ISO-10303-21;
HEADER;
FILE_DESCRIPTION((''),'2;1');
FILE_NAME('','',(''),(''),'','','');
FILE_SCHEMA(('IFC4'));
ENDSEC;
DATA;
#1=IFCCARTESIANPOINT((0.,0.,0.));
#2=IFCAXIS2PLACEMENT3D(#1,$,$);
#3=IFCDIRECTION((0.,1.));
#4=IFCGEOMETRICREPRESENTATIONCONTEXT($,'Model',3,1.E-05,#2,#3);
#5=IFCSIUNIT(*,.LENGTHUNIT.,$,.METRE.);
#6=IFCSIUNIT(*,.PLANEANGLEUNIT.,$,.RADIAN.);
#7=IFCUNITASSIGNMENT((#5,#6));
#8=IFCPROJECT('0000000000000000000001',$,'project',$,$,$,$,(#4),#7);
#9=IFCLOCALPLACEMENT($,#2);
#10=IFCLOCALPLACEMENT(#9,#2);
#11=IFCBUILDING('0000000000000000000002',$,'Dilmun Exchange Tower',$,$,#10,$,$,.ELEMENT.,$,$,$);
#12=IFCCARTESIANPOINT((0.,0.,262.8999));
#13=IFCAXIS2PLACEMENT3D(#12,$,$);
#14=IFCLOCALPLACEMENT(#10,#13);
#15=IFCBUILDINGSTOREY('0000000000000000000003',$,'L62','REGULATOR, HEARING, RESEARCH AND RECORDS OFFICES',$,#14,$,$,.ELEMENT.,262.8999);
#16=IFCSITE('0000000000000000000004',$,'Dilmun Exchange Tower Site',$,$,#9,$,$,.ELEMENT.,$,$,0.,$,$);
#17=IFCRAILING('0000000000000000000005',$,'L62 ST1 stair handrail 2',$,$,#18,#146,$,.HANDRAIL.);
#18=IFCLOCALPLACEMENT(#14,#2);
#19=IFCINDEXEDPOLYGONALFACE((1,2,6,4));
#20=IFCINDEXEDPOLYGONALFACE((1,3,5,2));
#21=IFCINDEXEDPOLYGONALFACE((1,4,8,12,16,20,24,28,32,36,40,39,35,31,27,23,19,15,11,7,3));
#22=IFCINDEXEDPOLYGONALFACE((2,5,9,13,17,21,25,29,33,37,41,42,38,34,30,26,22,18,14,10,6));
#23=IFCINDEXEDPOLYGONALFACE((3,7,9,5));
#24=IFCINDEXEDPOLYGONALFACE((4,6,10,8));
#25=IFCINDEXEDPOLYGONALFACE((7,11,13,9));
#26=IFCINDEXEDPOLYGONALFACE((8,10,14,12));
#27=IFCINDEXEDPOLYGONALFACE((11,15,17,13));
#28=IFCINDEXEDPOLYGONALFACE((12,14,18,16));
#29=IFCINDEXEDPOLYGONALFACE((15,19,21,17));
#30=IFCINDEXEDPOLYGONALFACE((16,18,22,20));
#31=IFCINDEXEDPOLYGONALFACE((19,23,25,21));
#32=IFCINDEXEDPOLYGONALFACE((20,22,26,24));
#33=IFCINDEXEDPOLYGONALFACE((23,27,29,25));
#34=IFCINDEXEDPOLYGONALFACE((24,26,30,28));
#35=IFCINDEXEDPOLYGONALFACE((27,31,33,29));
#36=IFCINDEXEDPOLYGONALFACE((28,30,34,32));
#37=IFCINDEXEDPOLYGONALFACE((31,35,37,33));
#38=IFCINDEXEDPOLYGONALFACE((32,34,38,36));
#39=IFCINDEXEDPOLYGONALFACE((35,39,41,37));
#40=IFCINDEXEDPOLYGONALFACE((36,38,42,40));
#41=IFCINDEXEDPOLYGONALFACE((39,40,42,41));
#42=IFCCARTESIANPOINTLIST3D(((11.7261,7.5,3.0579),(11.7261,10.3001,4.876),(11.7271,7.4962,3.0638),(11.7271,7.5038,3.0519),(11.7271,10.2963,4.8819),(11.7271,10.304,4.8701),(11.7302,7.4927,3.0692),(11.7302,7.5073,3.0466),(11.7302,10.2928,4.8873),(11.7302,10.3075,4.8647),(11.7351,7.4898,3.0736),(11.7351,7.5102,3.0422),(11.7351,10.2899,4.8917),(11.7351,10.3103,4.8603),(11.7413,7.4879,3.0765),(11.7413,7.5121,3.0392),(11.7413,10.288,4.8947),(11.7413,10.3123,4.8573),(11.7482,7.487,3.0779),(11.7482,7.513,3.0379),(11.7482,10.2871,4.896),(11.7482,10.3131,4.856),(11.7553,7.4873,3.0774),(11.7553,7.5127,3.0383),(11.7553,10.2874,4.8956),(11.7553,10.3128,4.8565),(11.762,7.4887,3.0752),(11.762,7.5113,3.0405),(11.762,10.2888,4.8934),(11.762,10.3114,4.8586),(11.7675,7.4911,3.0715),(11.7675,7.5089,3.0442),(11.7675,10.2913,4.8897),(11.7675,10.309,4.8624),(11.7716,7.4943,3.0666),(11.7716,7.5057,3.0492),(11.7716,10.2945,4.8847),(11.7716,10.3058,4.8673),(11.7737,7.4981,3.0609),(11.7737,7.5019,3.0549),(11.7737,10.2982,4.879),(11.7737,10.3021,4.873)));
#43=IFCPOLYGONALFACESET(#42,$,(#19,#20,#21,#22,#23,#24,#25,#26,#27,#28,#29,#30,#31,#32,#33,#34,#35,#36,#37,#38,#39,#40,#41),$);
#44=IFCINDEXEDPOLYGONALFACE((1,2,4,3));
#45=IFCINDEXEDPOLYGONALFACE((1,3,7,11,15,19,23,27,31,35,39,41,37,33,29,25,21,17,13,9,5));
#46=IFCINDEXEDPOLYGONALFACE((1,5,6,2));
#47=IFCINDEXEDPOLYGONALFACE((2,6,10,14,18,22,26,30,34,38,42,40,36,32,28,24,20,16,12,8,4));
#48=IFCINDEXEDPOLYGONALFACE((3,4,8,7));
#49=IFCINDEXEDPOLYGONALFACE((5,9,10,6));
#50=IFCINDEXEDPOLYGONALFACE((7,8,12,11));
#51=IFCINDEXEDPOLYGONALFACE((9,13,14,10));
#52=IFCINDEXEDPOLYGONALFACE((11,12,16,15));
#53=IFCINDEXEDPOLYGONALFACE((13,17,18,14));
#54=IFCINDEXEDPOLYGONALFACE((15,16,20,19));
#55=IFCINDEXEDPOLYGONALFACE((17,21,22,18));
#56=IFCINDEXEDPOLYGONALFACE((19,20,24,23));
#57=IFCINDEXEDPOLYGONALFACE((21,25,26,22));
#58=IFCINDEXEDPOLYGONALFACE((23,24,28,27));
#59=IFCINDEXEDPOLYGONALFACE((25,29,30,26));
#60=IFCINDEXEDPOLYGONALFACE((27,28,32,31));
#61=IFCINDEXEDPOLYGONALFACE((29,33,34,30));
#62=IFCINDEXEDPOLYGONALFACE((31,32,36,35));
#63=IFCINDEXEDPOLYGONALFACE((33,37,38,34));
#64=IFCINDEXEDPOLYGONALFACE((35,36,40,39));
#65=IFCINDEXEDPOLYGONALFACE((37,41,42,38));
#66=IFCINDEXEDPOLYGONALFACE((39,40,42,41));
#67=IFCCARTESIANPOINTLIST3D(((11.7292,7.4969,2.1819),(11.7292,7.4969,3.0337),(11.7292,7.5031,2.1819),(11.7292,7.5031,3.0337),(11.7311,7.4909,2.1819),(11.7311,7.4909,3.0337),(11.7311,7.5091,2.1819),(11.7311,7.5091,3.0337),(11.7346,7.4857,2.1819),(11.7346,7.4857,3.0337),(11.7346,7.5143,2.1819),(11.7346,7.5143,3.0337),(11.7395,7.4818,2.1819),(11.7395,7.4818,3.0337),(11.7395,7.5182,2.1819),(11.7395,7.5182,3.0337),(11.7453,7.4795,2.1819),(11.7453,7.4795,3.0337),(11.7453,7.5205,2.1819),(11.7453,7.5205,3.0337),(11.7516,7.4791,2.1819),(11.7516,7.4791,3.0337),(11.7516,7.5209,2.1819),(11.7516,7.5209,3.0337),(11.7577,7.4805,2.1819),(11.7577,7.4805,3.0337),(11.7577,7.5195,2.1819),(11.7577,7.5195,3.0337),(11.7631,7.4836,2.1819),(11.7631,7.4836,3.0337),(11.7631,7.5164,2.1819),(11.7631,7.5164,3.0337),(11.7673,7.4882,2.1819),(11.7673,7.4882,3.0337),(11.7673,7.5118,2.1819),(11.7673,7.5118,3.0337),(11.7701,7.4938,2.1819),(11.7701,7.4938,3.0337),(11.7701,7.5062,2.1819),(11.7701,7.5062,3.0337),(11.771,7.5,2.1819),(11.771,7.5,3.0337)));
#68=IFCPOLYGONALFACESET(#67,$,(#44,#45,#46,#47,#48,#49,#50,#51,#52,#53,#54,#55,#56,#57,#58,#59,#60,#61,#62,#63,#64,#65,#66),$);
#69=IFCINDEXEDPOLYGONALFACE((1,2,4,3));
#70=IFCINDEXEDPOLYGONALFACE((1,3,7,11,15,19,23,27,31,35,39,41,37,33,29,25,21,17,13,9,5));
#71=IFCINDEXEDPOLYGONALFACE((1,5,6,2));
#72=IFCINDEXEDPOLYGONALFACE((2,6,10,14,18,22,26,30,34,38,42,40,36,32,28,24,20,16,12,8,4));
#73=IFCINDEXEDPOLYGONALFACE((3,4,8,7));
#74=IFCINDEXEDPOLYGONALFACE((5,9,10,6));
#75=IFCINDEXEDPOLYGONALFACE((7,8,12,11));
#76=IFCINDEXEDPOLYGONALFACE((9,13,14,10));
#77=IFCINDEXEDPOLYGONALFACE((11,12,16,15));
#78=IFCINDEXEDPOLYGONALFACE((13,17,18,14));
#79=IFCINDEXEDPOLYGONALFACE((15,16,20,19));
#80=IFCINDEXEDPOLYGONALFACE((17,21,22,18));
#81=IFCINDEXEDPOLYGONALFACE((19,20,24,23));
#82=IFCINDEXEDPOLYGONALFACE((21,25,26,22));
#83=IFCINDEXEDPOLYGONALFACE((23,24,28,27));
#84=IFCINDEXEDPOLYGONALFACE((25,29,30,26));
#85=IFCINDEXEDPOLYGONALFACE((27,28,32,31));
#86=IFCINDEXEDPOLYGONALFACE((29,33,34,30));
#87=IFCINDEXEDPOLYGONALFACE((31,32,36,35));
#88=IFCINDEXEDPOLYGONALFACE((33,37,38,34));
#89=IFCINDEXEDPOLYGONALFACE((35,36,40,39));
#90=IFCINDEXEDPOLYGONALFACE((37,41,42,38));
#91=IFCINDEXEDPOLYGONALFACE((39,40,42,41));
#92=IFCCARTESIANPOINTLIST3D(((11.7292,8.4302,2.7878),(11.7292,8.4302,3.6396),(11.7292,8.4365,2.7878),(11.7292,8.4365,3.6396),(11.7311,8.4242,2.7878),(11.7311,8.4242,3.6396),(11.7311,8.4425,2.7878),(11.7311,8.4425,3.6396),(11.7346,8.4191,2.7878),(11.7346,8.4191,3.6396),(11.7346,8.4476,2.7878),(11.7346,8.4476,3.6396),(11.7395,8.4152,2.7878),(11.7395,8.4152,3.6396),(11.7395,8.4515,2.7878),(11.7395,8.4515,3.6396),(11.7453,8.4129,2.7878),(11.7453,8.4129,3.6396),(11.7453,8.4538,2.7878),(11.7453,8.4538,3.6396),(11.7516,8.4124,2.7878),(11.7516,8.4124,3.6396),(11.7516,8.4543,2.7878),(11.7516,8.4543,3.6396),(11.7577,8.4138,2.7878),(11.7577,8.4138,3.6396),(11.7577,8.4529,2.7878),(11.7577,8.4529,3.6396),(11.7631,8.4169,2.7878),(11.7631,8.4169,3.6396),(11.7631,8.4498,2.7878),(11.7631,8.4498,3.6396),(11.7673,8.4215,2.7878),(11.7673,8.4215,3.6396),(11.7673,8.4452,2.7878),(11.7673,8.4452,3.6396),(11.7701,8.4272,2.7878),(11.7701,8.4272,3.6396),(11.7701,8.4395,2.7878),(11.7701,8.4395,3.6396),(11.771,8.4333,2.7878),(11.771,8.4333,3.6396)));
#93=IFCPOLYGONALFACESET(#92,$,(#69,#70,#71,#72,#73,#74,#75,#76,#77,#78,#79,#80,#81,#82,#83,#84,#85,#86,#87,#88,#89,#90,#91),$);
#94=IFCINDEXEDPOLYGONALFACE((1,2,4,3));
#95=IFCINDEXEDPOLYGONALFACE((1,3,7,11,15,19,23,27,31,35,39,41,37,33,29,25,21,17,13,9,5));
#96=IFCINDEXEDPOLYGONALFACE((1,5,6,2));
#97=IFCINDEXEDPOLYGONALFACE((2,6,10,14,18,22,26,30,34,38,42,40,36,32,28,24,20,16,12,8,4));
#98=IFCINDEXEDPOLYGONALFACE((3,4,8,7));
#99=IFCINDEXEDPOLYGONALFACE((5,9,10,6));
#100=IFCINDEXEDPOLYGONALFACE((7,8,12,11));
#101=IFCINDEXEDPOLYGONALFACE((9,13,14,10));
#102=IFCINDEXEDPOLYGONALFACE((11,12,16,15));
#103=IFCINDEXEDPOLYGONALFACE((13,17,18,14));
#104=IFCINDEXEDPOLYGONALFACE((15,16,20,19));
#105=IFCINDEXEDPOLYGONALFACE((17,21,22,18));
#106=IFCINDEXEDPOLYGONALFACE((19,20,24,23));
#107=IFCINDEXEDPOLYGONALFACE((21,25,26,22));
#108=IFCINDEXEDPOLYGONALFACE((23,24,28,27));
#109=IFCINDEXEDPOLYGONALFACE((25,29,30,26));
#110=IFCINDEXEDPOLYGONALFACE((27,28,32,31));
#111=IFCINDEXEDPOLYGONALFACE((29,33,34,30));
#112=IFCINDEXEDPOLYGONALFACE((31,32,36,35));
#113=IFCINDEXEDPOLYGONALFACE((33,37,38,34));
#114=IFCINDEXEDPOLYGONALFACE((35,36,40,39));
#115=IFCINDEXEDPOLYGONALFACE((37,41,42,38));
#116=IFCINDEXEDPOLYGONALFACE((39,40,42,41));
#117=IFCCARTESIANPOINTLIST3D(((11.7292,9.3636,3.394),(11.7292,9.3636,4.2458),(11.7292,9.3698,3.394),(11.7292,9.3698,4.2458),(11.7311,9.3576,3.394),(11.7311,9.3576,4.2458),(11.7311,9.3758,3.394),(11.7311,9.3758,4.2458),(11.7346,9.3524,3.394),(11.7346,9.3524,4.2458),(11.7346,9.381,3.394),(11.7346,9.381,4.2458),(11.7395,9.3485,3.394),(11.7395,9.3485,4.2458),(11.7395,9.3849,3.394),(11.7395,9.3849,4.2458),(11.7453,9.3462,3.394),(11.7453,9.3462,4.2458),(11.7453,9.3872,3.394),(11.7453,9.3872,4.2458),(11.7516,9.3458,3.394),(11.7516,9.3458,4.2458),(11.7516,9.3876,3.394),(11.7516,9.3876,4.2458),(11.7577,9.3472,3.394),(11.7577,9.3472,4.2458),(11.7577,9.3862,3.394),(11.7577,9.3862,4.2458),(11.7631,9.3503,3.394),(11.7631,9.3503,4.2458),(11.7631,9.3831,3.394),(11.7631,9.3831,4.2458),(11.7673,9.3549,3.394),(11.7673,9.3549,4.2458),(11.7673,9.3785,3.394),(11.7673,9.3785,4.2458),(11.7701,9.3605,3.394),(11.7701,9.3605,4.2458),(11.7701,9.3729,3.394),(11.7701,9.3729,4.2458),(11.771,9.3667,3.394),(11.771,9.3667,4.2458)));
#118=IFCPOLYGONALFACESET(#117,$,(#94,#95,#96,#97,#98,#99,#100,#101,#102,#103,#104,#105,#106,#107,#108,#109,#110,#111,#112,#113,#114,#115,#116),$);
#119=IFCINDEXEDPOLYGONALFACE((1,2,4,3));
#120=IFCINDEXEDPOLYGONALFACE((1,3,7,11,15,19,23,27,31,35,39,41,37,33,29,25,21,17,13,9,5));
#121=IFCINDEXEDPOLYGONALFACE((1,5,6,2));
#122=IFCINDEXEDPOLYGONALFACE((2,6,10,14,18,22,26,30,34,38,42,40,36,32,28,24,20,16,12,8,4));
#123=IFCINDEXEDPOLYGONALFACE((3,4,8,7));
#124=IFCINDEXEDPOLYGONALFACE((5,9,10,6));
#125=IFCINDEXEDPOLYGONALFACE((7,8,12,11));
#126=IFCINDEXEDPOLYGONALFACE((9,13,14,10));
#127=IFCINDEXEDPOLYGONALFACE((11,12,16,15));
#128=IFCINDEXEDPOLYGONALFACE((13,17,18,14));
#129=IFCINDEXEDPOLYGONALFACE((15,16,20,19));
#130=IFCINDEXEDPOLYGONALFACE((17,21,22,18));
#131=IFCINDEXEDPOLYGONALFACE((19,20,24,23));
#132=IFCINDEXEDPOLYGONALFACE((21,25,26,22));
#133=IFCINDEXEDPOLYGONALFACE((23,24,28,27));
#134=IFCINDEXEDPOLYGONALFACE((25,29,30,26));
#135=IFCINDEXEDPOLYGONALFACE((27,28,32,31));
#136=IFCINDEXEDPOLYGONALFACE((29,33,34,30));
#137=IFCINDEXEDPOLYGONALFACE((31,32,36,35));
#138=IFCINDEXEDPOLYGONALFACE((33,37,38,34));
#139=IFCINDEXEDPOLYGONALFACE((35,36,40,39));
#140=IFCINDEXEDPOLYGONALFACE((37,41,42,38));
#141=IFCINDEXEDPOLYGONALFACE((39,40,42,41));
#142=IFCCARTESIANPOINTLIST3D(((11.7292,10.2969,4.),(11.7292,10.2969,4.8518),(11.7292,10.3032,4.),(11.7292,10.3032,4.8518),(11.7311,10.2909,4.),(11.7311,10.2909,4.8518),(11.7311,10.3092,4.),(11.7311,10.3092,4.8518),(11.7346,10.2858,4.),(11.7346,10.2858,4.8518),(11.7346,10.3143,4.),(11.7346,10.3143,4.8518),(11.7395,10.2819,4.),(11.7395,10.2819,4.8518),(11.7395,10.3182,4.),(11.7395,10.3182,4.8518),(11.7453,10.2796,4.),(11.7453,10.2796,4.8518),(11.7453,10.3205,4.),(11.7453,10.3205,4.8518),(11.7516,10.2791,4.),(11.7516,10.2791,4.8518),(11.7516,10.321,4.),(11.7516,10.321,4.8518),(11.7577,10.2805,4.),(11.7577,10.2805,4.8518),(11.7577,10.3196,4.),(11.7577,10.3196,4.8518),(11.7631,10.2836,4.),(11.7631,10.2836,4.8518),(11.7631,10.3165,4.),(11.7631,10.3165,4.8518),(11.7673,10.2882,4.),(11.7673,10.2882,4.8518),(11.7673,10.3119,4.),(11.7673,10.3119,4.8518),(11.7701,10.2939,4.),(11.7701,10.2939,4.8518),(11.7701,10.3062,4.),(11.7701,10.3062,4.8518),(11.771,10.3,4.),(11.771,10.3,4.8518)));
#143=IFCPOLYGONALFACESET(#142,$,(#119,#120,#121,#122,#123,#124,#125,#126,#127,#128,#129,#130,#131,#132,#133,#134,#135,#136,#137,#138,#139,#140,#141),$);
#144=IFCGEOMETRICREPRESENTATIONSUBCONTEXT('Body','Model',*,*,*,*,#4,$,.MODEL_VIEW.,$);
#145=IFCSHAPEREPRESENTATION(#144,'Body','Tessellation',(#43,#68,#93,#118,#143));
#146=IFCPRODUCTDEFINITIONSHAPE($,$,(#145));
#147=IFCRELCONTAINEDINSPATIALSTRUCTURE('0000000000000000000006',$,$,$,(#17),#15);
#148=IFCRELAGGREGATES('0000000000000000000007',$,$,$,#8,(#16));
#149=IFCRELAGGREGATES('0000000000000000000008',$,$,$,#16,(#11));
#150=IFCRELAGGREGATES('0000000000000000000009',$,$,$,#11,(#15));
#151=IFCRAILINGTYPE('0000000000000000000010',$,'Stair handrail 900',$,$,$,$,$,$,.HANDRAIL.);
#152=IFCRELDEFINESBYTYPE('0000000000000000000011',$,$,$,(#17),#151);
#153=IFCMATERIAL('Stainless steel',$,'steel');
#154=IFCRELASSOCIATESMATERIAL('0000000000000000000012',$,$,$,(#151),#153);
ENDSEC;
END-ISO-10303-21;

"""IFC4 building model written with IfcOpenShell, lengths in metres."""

from ifc_helpers import new_model, si_unit, direction, frame, origin, origin_2d, place, context, subcontext, project, spatial, circle, extrude, material, type_object, element, save


model = new_model("IFC4")

# Units and contexts
model_context = context("Model", 3, precision=1e-05, world=origin(), true_north=direction((0.0, 1.0)))
body_context = subcontext(model_context, "Body", "Model", "MODEL_VIEW")
ifc_project = project(units=[si_unit("LENGTHUNIT", "METRE"), si_unit("PLANEANGLEUNIT", "RADIAN")], contexts=[model_context])

# Site, building, storey
site_placement = place(None, origin())
site = spatial("IfcSite", under=ifc_project, at=site_placement, Name="Dilmun Exchange Tower Site", CompositionType="ELEMENT", RefElevation=0.0)
building_placement = place(site_placement, origin())
building = spatial("IfcBuilding", under=site, at=building_placement, Name="Dilmun Exchange Tower", CompositionType="ELEMENT")
storey_placement = place(building_placement, frame((0.0, 0.0, 262.8999)))
storey = spatial("IfcBuildingStorey", under=building, at=storey_placement, Name="L62", Description="REGULATOR, HEARING, RESEARCH AND RECORDS OFFICES", CompositionType="ELEMENT", Elevation=262.8999)

# Railing
ifc_material_1 = material(Name="Stainless steel", Category="steel")
railing_type = type_object("IfcRailingType", Name="Stair handrail 900", PredefinedType="HANDRAIL", material=ifc_material_1)
railing_placement = place(storey_placement, frame((11.75, 7.5, 2.1819)))
element("IfcRailing", 1, at=railing_placement, inside=storey, type_object=railing_type, Name="L62 ST1 stair handrail 2", PredefinedType="HANDRAIL", context=body_context, shape_type="SweptSolid", body=[
    extrude(circle(Radius=0.0239, at=origin_2d()), frame((0.0, 0.0, 0.876), z_axis=(0.0, 0.838706, 0.544585), x_axis=(-1.0, 0.0, 0.0)), (0.0, 0.0, 1.0), 3.3386),
    extrude(circle(Radius=0.021, at=origin_2d()), origin(), (0.0, 0.0, 1.0), 0.8518),
    extrude(circle(Radius=0.021, at=origin_2d()), frame((0.0, 0.9333, 0.606)), (0.0, 0.0, 1.0), 0.8518),
    extrude(circle(Radius=0.021, at=origin_2d()), frame((0.0, 1.8667, 1.2122)), (0.0, 0.0, 1.0), 0.8518),
    extrude(circle(Radius=0.021, at=origin_2d()), frame((0.0, 2.8, 1.8181)), (0.0, 0.0, 1.0), 0.8518),
])

save(model, "model.ifc")
